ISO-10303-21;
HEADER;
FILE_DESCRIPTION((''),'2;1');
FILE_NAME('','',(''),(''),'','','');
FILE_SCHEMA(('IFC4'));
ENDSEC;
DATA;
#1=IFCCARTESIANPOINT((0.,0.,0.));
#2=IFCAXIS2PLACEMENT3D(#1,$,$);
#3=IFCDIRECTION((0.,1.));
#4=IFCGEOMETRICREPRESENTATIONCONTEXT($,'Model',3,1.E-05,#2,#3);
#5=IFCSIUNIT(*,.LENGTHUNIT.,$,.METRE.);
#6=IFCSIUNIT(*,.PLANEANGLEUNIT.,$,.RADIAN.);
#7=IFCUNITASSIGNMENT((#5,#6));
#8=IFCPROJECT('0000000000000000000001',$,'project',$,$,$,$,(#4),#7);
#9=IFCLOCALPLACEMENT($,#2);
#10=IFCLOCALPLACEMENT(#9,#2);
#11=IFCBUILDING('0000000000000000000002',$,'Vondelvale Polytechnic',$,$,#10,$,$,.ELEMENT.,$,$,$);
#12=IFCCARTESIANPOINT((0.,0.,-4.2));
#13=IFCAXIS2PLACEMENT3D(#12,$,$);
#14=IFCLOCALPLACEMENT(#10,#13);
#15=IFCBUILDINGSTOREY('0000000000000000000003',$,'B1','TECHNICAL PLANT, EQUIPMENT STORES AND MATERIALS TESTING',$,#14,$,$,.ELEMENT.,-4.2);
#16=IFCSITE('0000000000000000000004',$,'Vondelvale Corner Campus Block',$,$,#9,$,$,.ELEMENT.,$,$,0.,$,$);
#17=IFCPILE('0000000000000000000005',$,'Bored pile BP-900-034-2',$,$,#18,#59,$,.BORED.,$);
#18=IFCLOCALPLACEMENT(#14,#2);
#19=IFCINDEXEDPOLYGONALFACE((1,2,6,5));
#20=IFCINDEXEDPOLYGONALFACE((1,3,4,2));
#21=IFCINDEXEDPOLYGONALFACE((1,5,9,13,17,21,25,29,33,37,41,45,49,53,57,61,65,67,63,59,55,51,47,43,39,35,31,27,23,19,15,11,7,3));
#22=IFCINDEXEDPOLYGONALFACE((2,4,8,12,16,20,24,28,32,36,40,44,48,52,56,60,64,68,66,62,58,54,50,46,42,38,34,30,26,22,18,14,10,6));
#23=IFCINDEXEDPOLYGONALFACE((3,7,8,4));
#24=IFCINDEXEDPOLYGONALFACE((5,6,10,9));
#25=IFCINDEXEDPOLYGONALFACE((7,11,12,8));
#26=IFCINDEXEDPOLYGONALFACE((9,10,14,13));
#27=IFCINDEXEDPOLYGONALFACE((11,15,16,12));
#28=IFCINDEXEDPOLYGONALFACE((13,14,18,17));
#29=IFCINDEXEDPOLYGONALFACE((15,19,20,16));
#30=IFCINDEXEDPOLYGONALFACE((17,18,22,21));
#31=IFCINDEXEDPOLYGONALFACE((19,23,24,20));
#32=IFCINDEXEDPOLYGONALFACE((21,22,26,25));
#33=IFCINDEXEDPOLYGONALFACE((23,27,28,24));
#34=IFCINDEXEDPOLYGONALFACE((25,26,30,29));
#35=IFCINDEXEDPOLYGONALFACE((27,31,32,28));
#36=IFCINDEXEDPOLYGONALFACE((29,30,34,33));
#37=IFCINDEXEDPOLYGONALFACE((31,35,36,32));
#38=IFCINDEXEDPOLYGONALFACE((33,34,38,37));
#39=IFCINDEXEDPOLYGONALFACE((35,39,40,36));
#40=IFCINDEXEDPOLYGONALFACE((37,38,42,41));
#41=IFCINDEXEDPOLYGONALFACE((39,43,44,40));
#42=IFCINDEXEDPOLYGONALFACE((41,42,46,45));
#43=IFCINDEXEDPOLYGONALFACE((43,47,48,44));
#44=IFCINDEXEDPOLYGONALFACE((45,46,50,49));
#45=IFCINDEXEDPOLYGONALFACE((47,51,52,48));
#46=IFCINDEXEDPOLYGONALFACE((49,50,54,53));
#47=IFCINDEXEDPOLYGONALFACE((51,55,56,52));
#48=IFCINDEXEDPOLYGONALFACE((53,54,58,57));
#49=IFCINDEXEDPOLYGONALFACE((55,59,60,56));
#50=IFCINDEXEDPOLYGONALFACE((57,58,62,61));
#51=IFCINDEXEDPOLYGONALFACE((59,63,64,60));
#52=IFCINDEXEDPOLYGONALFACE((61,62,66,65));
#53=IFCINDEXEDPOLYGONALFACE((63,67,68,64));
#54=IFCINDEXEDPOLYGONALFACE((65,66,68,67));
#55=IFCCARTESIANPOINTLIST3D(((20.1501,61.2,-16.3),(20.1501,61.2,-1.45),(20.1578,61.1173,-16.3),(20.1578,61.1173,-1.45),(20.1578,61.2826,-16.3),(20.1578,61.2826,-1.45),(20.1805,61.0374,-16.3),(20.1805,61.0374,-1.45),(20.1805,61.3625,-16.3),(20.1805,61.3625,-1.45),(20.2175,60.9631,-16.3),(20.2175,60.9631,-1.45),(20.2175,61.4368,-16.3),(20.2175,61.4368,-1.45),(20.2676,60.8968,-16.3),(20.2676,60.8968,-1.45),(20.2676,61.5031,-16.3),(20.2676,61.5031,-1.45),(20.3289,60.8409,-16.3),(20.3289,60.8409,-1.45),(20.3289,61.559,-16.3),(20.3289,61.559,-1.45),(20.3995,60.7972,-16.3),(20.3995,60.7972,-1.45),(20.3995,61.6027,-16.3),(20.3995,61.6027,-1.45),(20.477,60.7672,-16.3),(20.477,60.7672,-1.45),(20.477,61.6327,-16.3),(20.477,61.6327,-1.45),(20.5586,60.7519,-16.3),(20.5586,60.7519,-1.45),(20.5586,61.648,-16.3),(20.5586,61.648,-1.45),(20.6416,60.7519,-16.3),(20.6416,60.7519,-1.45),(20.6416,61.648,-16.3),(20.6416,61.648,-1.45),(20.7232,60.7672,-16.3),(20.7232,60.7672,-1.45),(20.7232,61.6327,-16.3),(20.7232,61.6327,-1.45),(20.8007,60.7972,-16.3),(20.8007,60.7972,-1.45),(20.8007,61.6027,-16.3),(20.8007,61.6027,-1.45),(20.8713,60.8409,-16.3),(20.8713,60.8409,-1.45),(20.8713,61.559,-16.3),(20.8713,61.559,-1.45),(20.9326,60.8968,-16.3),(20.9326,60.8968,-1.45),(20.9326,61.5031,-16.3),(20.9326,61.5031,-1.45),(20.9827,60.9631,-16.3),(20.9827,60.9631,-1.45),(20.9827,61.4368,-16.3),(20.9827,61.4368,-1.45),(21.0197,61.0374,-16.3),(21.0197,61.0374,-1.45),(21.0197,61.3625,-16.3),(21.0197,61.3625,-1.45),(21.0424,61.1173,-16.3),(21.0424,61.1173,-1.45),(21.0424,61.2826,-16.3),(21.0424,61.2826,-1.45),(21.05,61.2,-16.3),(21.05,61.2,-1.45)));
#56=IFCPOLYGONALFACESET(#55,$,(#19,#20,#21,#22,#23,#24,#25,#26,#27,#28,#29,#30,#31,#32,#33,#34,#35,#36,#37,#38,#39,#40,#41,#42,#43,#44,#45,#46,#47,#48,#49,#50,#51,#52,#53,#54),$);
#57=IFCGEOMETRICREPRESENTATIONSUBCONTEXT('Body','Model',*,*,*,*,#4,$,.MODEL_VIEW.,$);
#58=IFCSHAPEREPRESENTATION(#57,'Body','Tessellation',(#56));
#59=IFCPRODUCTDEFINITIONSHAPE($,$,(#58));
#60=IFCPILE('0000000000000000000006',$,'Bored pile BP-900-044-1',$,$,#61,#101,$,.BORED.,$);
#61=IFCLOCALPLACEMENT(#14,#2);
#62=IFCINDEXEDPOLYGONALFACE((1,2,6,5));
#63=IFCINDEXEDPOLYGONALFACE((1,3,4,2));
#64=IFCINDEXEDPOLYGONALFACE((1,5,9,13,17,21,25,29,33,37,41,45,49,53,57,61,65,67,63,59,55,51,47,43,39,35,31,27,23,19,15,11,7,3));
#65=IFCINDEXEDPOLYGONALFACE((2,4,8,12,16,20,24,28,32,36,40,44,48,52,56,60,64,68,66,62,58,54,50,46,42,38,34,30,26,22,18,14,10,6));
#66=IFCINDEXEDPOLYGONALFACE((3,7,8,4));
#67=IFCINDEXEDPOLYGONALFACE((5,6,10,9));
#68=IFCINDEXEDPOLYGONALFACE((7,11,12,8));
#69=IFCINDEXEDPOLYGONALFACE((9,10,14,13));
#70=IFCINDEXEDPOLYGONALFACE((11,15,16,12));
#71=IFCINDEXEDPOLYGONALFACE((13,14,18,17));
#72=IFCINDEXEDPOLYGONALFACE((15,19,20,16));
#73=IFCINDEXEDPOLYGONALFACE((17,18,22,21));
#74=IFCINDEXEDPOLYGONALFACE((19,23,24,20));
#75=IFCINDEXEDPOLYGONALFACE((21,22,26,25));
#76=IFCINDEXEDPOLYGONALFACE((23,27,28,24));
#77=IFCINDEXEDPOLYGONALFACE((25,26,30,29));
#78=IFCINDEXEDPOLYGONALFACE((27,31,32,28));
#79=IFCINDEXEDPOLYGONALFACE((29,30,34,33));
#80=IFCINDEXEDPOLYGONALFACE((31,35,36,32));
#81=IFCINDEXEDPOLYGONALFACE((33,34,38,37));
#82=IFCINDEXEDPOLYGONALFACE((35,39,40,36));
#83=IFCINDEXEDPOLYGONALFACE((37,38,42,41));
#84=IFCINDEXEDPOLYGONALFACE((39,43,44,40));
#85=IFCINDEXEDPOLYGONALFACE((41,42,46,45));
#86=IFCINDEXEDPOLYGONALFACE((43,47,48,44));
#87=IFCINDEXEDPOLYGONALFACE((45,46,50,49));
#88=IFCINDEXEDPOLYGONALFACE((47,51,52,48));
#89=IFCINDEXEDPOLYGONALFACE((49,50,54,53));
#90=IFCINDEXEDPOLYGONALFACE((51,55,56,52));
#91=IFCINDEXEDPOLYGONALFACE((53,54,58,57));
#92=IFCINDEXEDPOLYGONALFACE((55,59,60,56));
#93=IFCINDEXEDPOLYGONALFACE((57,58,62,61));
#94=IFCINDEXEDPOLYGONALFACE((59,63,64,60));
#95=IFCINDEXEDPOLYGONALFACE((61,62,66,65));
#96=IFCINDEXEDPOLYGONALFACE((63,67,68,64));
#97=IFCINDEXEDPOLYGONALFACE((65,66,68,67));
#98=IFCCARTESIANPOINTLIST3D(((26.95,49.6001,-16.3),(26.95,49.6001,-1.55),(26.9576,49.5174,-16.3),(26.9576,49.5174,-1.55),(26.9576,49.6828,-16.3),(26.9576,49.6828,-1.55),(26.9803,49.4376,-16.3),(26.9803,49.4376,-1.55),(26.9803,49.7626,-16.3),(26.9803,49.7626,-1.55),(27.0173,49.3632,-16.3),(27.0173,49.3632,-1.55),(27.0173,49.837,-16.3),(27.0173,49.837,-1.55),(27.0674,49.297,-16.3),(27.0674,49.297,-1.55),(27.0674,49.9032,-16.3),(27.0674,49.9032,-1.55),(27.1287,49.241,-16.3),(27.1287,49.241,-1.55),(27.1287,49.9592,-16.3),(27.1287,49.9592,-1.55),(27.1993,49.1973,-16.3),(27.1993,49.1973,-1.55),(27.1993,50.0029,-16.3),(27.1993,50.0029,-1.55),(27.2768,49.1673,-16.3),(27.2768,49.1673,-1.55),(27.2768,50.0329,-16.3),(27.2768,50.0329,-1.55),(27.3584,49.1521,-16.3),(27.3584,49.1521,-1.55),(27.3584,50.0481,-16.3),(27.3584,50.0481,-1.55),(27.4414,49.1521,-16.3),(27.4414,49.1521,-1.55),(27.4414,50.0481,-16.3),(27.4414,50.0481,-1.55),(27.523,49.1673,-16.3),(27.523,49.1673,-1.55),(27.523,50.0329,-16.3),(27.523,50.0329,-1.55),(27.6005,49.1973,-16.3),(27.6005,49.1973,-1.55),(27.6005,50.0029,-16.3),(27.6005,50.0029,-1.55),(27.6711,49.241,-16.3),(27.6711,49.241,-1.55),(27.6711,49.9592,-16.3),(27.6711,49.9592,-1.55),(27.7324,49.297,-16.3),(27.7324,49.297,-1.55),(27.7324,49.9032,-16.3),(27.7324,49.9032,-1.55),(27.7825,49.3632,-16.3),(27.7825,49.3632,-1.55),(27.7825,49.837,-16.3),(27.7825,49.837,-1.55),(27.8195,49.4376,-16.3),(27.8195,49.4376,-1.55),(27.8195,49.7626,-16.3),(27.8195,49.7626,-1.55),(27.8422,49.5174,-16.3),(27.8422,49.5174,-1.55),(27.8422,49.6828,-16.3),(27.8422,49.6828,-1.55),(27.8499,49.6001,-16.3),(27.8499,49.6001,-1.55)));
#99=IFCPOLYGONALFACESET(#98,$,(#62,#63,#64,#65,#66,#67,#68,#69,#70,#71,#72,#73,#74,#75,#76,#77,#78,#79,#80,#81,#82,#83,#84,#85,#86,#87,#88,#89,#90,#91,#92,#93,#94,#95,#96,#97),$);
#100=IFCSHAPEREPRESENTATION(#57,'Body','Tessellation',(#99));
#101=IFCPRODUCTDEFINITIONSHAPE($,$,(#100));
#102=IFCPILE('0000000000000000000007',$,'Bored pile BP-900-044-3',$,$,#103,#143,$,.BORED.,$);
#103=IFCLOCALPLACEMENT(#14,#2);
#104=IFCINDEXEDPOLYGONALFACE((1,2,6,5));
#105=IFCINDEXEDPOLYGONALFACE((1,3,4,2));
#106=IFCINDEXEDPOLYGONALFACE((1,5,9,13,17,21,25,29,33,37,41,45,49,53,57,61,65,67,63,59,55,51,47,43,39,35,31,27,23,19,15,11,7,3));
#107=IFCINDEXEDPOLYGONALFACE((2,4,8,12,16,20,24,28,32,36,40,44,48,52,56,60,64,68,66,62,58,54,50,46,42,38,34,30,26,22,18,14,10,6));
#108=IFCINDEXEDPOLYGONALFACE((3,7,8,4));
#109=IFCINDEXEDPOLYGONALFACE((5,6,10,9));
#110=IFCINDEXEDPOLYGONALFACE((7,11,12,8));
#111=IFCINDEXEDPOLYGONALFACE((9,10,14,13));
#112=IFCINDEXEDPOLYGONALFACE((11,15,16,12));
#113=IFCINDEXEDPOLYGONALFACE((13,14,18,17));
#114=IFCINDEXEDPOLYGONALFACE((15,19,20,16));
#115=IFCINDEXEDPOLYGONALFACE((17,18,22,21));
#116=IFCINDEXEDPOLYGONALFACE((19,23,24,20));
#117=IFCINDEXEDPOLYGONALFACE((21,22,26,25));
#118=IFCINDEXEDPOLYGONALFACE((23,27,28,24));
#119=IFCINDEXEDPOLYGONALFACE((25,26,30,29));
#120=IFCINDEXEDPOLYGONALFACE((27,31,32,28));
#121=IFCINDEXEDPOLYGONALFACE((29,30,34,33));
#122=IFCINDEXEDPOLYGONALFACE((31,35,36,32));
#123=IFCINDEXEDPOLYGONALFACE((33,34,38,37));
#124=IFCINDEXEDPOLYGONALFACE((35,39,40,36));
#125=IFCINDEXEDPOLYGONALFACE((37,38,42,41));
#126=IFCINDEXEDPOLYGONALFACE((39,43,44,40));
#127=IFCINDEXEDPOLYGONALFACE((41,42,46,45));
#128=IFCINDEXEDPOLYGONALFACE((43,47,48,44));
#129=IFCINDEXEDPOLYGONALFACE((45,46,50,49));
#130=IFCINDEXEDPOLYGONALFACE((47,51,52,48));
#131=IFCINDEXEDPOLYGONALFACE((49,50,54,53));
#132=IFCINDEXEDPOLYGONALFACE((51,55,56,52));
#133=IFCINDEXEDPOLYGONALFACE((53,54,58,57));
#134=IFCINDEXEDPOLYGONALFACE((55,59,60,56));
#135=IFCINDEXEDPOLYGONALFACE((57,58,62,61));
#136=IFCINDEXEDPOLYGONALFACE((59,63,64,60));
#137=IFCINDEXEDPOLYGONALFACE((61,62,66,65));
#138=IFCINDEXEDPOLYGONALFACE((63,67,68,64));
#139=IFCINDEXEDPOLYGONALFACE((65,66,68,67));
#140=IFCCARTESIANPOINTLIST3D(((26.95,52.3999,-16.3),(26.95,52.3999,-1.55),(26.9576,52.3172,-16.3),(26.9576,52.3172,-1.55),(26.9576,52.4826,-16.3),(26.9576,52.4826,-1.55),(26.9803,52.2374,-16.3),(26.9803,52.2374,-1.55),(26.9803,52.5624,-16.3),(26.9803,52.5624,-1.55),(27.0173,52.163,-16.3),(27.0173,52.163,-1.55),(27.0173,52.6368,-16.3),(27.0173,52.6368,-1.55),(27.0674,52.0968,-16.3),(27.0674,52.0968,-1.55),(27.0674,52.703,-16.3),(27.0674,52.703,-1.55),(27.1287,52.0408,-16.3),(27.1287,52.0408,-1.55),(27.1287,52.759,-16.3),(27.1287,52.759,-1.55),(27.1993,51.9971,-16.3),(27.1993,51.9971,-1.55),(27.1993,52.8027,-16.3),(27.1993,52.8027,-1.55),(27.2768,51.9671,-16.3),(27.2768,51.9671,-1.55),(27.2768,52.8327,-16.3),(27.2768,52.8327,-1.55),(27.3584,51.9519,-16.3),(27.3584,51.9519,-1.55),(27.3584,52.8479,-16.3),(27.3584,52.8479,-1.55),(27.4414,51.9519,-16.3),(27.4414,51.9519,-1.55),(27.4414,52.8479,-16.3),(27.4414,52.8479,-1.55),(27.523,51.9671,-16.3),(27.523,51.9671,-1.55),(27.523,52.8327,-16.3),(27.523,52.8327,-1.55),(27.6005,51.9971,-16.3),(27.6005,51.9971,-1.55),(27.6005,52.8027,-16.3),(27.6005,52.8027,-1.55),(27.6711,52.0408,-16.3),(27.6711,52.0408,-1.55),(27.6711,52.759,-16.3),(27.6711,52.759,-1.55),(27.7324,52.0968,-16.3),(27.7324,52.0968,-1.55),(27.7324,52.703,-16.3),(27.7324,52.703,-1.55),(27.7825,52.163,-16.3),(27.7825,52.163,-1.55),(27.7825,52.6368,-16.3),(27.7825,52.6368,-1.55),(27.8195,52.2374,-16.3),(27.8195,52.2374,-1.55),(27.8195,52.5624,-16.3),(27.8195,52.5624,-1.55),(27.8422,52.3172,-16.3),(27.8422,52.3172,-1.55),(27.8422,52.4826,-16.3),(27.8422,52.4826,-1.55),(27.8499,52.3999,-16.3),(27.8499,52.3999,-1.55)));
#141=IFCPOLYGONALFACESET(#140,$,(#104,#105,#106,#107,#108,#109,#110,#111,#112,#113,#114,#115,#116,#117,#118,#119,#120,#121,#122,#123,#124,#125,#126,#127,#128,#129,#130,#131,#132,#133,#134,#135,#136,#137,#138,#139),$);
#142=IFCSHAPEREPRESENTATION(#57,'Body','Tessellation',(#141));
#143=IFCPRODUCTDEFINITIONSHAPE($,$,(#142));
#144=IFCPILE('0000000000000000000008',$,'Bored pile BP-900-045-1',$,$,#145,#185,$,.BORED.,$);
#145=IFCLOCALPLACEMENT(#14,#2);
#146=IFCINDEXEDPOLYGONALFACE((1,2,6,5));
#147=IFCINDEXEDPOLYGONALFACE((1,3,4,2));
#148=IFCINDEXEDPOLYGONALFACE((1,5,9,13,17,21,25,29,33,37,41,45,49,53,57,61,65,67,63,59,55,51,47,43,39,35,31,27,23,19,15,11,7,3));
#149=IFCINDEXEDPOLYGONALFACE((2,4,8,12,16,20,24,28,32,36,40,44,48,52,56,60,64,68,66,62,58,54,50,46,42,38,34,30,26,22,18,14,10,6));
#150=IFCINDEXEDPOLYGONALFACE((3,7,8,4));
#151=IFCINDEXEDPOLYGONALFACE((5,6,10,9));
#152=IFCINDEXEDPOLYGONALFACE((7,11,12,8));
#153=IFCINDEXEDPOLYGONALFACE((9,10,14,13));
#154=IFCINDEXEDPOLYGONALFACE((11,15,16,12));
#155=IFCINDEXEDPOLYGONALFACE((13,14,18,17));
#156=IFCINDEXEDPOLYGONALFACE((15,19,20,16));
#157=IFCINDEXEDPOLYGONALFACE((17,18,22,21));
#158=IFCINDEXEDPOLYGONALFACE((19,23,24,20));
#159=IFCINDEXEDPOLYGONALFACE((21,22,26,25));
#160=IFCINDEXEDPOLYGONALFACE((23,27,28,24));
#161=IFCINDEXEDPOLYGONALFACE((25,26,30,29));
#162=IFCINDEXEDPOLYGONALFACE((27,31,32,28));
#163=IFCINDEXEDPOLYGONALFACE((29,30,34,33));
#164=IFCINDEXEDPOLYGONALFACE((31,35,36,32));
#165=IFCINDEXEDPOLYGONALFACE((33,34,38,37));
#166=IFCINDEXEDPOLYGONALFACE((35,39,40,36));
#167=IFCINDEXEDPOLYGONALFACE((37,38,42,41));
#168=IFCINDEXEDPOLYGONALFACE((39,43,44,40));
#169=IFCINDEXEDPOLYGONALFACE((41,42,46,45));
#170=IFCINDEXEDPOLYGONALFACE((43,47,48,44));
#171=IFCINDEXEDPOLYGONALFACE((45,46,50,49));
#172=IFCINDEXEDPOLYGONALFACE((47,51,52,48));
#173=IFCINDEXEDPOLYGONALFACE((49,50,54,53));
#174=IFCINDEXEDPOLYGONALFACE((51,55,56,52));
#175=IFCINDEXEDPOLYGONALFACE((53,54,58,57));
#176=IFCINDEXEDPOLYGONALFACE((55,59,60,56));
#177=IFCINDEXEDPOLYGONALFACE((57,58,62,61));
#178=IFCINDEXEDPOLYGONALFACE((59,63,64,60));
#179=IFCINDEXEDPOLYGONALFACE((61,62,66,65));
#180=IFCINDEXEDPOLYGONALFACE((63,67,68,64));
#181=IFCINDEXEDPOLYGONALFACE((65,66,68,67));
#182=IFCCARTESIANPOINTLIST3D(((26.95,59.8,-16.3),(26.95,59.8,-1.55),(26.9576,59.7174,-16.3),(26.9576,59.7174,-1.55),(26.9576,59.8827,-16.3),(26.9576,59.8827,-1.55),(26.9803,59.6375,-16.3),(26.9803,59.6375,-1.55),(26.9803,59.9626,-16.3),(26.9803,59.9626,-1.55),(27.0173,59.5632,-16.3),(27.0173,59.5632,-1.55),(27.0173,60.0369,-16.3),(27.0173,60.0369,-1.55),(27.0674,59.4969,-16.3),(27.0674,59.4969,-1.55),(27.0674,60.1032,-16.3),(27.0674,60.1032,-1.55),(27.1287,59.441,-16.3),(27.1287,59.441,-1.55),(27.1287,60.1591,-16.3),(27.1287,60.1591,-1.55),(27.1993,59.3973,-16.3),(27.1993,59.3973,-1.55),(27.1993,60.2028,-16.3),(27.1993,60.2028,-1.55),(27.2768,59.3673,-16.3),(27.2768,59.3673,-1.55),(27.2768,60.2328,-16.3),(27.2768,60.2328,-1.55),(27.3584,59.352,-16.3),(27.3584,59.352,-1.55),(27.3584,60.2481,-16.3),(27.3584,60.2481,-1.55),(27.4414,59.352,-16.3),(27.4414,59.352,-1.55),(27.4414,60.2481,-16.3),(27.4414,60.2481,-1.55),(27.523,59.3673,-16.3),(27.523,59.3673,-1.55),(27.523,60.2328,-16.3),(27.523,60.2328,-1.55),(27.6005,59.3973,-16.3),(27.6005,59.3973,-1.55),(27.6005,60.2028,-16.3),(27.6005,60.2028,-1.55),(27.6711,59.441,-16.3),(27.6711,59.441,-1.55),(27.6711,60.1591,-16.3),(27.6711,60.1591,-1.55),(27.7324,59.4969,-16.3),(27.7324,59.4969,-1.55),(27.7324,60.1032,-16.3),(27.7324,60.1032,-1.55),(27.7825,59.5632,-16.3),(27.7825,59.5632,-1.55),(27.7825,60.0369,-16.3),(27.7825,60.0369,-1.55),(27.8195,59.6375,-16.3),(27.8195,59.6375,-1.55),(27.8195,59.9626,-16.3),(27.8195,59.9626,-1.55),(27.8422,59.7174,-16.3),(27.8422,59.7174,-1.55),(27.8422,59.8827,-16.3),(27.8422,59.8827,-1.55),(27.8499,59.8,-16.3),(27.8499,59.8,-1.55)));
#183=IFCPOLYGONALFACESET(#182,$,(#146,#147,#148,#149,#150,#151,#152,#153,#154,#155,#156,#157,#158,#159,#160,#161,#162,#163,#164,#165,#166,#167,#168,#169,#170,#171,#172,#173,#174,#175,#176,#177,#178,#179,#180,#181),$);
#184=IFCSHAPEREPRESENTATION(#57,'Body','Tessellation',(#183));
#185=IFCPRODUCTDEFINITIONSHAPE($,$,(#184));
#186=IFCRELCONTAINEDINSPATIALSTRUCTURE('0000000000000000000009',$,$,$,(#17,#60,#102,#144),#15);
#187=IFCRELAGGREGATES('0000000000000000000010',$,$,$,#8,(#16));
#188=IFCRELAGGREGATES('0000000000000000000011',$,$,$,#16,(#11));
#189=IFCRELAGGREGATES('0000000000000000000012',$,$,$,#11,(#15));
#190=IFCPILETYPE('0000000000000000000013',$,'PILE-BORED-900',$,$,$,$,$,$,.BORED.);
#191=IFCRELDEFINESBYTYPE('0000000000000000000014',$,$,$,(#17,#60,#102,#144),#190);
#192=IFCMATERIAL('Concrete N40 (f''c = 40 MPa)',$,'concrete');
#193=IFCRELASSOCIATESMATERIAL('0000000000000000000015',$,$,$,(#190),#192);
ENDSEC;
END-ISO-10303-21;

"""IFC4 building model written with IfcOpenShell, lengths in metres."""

from ifc_helpers import new_model, si_unit, direction, frame, origin, origin_2d, place, context, subcontext, project, spatial, circle, extrude, material, material_profile, profile_set, type_object, element, save


model = new_model("IFC4")

# Units and contexts
model_context = context("Model", 3, precision=1e-05, world=origin(), true_north=direction((0.0, 1.0)))
body_context = subcontext(model_context, "Body", "Model", "MODEL_VIEW")
ifc_project = project(units=[si_unit("LENGTHUNIT", "METRE"), si_unit("PLANEANGLEUNIT", "RADIAN")], contexts=[model_context])

# Site, building, storey
site_placement = place(None, origin())
site = spatial("IfcSite", under=ifc_project, at=site_placement, Name="Vondelvale Corner Campus Block", CompositionType="ELEMENT", RefElevation=0.0)
building_placement = place(site_placement, origin())
building = spatial("IfcBuilding", under=site, at=building_placement, Name="Vondelvale Polytechnic", CompositionType="ELEMENT")
storey_placement = place(building_placement, frame((0.0, 0.0, -4.2)))
storey = spatial("IfcBuildingStorey", under=building, at=storey_placement, Name="B1", Description="TECHNICAL PLANT, EQUIPMENT STORES AND MATERIALS TESTING", CompositionType="ELEMENT", Elevation=-4.2)

# Shared definitions
ifc_material_1 = material(Name="Concrete N40 (f'c = 40 MPa)", Category="concrete")

# Piles
ifc_material_profile_1 = material_profile(ifc_material_1, circle(Radius=0.45, at=origin_2d()), Name="PILE-D900")
ifc_profile_set_1 = profile_set([ifc_material_profile_1], Name="Concrete N40 (f'c = 40 MPa)")
pile_type_1 = type_object("IfcPileType", Name="PILE-BORED-900", PredefinedType="BORED", material=ifc_profile_set_1)
for number, where, z_axis, x_axis, name in (
    (1, (20.6001, 61.2, -1.45), (0.0, 0.0, -1.0), (1.0, 0.0, 0.0), "Bored pile BP-900-034-2"),
):
    element("IfcPile", number, at=place(storey_placement, frame(where, z_axis=z_axis, x_axis=x_axis)), inside=storey, type_object=pile_type_1, Name=name, PredefinedType="BORED", context=body_context, shape_type="SweptSolid", body=[
        extrude(circle(Radius=0.45, at=origin_2d()), origin(), (0.0, 0.0, 1.0), 14.8501),
    ])
for number, where, z_axis, x_axis, name in (
    (2, (27.3999, 49.6001, -1.55), (0.0, 0.0, -1.0), (1.0, 0.0, 0.0), "Bored pile BP-900-044-1"),
    (3, (27.3999, 52.3999, -1.55), (0.0, 0.0, -1.0), (1.0, 0.0, 0.0), "Bored pile BP-900-044-3"),
    (4, (27.3999, 59.8, -1.55), (0.0, 0.0, -1.0), (1.0, 0.0, 0.0), "Bored pile BP-900-045-1"),
):
    element("IfcPile", number, at=place(storey_placement, frame(where, z_axis=z_axis, x_axis=x_axis)), inside=storey, type_object=pile_type_1, Name=name, PredefinedType="BORED", context=body_context, shape_type="SweptSolid", body=[
        extrude(circle(Radius=0.45, at=origin_2d()), origin(), (0.0, 0.0, 1.0), 14.75),
    ])

save(model, "model.ifc")
